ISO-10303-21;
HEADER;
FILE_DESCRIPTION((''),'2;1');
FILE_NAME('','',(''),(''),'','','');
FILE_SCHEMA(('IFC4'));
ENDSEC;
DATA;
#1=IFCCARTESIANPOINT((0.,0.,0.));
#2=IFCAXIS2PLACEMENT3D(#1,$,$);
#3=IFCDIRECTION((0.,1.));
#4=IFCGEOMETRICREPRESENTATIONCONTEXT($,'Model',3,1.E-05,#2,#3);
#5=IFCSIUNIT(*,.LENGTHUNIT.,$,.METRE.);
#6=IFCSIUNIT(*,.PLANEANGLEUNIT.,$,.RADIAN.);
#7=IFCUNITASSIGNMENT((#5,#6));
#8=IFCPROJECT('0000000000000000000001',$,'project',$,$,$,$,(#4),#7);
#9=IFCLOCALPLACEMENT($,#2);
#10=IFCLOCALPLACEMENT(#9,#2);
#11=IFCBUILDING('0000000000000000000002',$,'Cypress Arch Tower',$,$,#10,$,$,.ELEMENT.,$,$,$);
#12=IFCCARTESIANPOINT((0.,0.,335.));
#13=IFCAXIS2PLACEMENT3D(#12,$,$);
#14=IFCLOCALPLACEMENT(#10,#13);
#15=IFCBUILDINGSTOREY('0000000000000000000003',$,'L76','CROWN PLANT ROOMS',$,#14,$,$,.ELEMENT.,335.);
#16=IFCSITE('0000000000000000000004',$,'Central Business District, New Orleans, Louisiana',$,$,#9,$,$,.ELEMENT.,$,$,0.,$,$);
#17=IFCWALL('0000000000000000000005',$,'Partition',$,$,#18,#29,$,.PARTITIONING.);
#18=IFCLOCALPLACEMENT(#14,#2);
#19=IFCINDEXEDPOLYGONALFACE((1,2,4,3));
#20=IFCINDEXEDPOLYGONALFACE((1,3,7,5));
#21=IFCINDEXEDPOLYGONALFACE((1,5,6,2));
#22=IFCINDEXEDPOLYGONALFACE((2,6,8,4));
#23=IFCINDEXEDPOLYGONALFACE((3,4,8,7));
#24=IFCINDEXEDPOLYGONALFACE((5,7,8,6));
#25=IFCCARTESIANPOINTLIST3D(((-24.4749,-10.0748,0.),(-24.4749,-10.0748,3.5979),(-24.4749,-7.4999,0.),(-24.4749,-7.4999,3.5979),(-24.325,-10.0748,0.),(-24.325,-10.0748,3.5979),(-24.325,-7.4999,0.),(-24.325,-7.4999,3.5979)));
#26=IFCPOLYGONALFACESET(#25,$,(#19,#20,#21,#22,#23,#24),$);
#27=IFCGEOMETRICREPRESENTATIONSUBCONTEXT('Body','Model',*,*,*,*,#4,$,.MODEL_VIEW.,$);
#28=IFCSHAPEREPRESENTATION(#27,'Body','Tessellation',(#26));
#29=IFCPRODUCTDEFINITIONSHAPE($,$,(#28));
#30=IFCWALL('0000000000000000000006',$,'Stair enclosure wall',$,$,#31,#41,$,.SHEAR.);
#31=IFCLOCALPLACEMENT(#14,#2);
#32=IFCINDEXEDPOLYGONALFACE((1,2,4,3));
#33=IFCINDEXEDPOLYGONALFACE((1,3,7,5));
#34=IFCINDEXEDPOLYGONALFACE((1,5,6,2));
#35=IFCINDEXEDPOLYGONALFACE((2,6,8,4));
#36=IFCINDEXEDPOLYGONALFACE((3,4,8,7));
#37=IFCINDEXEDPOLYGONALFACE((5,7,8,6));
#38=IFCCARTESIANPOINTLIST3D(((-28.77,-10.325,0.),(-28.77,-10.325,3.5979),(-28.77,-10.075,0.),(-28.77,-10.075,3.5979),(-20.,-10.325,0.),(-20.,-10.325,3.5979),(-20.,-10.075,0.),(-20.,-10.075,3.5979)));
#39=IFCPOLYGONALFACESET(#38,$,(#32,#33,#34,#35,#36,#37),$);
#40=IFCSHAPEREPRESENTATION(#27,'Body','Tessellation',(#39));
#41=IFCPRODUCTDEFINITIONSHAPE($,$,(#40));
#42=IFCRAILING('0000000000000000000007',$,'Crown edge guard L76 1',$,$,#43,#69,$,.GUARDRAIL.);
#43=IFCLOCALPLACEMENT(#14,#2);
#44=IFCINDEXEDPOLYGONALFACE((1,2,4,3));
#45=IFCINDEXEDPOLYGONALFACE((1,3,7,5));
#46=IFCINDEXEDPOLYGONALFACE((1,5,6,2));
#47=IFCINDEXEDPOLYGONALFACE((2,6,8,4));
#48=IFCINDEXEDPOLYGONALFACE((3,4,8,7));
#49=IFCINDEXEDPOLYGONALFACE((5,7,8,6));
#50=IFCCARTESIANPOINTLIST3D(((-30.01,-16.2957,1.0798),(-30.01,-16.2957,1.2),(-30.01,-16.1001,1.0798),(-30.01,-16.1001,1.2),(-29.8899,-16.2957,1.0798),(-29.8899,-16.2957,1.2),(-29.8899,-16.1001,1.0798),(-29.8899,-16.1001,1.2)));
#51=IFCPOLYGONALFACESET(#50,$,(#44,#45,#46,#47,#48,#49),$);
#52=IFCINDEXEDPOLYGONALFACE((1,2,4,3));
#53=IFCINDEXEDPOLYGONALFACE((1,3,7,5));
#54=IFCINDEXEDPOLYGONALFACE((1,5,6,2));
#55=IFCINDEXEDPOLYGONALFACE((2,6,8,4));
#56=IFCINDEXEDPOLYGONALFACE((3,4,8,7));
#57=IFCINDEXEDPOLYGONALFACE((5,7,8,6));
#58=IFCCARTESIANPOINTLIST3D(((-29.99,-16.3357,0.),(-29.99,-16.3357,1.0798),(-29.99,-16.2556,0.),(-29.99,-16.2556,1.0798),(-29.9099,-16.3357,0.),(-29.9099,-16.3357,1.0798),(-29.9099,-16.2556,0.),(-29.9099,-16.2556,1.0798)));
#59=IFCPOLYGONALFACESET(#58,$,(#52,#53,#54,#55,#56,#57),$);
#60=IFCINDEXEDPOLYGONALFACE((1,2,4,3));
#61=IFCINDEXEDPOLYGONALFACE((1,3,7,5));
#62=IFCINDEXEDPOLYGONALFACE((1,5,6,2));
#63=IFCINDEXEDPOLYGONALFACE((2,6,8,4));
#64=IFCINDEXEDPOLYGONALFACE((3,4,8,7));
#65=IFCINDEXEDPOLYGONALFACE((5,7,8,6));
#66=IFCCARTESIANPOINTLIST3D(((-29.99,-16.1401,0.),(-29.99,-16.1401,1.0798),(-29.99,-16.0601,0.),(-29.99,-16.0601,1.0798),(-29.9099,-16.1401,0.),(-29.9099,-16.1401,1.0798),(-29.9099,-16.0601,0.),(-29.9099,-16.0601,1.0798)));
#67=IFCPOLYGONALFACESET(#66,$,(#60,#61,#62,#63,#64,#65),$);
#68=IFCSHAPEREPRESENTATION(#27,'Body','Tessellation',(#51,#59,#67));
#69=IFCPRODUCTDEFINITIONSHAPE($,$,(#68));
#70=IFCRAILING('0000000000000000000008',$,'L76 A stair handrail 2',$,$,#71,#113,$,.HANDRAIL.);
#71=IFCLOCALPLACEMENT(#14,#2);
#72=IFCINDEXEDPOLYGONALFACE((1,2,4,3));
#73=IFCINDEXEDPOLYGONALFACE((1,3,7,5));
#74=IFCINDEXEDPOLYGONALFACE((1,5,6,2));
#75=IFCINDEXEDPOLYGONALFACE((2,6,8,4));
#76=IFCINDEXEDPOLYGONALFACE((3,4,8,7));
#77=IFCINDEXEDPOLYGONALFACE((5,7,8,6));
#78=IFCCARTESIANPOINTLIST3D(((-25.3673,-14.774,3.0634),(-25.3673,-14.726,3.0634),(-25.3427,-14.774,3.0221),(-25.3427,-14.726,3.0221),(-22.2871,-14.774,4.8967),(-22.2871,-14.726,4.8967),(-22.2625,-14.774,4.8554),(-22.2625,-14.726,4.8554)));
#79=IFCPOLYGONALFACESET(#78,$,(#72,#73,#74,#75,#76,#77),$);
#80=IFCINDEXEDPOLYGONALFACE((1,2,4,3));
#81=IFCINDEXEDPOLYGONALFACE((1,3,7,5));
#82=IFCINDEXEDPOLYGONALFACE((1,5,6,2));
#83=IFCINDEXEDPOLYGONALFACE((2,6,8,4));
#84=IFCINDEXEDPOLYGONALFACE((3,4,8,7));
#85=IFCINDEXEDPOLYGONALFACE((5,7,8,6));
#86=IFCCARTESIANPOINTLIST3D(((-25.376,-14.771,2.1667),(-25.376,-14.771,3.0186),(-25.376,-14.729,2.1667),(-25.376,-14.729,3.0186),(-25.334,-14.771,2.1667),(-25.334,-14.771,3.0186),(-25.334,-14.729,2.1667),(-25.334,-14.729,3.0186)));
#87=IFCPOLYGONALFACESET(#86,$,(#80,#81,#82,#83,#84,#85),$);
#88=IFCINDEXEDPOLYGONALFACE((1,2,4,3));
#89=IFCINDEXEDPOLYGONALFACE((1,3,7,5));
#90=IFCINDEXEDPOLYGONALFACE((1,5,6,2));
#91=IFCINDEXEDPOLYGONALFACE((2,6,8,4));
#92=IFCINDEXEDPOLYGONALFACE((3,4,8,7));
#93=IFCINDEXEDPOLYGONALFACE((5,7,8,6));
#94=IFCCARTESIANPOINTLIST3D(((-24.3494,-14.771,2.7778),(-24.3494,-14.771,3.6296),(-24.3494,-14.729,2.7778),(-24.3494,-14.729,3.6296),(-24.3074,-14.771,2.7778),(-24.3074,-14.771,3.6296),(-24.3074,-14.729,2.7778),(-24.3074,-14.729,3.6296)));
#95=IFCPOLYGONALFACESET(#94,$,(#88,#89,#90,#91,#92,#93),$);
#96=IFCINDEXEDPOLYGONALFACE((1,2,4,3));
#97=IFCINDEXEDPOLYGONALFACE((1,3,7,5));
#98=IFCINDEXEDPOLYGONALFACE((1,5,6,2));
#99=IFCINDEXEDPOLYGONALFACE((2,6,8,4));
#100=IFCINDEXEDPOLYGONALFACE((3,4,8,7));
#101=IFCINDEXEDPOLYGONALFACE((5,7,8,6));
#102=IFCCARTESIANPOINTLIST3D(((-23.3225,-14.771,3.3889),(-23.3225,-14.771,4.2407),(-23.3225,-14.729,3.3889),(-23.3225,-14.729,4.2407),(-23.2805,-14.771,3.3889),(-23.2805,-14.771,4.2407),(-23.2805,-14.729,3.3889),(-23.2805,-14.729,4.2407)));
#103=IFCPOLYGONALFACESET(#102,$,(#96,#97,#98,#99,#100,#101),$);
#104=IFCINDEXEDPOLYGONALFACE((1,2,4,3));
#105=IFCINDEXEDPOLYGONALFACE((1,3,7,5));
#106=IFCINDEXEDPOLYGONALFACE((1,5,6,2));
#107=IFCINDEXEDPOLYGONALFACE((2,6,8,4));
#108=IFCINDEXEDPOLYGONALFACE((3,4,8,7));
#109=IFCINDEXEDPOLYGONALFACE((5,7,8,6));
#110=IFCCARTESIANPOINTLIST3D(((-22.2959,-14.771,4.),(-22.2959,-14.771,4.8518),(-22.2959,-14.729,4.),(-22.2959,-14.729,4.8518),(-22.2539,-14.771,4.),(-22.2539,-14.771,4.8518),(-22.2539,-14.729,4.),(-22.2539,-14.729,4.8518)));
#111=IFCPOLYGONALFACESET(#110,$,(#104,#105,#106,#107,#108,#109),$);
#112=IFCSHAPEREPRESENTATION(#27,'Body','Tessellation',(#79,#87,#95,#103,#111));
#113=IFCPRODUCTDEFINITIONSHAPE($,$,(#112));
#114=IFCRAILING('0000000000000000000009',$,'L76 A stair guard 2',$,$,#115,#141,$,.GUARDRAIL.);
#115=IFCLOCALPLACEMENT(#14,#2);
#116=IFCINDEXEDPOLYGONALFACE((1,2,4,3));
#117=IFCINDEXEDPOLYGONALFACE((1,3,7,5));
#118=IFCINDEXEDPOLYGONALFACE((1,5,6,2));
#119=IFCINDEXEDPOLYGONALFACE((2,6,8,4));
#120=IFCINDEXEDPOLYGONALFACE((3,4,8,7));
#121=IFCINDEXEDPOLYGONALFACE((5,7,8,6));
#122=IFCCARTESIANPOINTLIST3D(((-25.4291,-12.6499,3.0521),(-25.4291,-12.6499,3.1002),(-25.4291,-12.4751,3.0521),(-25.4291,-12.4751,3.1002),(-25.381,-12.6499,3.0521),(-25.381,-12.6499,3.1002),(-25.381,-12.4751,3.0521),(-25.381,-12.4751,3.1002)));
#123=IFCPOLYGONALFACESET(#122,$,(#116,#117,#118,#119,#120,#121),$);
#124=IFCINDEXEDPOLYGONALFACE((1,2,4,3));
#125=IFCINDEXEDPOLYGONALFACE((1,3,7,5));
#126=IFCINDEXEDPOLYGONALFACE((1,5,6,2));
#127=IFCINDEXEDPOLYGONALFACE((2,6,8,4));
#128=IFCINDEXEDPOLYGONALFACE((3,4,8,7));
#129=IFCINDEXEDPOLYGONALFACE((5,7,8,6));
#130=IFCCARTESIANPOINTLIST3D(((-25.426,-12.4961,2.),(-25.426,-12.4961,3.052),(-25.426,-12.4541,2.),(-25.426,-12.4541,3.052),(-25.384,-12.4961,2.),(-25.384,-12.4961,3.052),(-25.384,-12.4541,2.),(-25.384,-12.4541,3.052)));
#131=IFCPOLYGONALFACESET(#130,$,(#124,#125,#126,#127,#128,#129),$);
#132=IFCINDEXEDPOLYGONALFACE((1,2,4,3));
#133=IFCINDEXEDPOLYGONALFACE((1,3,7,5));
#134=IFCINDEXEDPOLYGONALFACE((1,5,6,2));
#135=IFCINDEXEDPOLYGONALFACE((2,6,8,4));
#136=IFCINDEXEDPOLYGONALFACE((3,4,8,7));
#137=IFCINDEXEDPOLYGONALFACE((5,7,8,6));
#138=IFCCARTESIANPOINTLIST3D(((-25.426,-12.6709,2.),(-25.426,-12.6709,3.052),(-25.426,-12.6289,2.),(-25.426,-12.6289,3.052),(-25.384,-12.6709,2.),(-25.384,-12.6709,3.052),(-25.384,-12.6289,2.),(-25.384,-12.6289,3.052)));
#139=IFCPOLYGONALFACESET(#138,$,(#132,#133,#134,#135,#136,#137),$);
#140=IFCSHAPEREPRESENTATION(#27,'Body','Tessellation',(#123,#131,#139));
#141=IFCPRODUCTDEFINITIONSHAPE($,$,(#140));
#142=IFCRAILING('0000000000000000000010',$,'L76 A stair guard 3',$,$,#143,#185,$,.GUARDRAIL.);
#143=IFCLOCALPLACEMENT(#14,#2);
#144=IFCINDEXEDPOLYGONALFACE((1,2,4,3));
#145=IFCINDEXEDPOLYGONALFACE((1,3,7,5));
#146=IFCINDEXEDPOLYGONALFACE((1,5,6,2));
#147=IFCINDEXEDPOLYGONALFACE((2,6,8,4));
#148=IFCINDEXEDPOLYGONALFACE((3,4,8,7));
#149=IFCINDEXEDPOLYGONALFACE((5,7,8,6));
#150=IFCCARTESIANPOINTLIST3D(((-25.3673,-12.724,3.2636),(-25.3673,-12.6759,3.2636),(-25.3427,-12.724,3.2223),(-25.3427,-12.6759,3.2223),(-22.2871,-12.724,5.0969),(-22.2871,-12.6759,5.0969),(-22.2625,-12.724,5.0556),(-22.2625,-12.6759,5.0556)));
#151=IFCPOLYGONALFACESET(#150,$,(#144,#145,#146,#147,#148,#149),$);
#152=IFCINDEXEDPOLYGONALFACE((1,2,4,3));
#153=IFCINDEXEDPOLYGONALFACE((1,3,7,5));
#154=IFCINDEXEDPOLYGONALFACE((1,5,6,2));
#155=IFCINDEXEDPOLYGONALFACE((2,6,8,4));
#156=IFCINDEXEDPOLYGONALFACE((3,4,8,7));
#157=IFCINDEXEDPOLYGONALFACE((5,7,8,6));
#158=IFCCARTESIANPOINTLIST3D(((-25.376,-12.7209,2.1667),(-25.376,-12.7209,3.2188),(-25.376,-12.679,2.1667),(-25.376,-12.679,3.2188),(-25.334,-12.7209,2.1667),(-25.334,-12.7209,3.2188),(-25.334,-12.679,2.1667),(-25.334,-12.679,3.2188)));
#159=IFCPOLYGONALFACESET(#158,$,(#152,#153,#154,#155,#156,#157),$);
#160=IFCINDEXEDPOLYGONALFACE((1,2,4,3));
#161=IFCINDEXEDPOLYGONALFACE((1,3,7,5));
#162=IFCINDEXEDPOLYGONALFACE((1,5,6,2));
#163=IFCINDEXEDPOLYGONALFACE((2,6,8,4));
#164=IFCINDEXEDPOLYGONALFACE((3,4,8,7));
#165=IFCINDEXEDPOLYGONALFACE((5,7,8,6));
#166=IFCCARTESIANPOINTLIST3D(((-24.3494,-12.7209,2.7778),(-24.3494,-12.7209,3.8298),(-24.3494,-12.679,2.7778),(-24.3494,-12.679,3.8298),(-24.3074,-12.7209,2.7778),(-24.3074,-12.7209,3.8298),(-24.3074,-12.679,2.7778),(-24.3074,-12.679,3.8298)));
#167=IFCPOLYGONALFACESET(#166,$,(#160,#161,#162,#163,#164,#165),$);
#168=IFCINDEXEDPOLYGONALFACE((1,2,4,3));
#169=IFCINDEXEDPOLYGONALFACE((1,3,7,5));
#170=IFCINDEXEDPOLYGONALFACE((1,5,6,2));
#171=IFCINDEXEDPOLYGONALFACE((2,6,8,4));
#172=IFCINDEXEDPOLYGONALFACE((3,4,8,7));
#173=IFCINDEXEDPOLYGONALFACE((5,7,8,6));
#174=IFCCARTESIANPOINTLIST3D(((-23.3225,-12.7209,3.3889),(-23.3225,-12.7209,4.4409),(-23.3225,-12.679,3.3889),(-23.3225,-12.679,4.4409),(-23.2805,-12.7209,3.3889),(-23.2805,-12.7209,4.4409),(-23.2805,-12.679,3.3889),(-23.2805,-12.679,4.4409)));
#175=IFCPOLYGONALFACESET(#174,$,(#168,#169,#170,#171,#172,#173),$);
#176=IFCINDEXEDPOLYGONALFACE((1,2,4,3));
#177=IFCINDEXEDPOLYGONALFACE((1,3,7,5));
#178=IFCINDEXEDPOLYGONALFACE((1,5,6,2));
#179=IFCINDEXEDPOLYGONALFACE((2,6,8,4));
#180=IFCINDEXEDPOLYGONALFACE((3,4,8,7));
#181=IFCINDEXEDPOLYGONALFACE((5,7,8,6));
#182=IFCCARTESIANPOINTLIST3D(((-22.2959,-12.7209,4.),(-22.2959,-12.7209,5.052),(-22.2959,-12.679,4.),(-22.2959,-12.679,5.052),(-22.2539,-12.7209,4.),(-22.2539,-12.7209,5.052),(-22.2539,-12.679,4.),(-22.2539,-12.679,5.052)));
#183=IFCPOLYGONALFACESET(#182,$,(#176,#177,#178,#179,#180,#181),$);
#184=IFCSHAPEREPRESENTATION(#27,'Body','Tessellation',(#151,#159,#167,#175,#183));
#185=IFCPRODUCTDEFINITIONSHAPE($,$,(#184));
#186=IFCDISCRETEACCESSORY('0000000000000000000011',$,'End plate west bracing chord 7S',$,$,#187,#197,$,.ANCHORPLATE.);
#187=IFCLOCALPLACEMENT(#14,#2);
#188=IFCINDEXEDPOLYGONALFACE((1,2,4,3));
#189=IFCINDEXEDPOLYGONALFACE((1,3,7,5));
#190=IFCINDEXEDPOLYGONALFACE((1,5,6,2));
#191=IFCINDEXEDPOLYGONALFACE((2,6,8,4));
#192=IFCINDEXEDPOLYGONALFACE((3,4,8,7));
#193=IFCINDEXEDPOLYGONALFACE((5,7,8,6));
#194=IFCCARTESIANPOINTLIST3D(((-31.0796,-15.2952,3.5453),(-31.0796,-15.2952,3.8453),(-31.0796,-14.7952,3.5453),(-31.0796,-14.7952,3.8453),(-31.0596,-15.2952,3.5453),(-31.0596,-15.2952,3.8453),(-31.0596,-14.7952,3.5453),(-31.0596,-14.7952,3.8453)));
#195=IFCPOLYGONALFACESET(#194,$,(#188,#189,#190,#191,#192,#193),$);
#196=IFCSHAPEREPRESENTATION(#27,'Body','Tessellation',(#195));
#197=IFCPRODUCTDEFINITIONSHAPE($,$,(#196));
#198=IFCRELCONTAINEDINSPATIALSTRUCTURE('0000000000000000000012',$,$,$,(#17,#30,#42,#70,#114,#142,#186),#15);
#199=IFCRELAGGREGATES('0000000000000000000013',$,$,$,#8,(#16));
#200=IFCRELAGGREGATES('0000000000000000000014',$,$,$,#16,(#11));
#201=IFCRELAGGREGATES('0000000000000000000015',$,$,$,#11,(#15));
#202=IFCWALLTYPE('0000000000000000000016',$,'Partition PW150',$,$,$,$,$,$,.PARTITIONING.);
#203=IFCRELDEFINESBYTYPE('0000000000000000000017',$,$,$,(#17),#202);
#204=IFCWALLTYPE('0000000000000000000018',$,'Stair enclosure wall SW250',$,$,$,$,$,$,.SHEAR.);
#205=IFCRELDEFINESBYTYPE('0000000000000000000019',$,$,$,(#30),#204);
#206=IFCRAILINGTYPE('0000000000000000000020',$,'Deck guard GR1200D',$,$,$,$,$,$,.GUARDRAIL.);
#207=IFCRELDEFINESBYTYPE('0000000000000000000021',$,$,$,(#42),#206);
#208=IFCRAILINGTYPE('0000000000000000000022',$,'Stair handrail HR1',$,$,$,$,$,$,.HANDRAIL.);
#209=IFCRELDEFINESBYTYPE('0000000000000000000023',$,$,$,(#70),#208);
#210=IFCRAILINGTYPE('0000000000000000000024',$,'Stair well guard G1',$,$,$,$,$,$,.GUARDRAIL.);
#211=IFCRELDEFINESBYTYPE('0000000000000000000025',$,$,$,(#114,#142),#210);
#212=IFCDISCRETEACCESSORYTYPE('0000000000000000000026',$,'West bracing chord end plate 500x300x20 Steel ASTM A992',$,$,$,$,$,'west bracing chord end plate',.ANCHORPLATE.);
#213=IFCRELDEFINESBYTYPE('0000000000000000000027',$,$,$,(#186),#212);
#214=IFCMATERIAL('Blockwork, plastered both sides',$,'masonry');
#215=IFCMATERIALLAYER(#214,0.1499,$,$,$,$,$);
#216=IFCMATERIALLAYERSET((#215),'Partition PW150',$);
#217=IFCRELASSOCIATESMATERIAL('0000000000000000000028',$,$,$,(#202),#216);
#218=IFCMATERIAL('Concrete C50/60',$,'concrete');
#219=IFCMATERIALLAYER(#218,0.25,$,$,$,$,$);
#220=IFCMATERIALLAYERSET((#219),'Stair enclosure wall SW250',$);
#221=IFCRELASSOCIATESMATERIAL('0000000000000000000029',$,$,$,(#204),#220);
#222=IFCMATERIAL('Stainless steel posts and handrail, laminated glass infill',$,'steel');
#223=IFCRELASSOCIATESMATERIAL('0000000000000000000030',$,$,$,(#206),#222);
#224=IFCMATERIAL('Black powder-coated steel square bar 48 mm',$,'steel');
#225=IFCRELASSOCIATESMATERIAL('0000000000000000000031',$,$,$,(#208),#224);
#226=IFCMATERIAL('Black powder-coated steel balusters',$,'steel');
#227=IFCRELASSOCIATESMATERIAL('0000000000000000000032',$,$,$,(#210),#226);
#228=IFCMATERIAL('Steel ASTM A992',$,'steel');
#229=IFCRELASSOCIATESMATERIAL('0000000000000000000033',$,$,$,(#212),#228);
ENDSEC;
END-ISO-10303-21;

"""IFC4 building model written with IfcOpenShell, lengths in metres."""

from ifc_helpers import new_model, si_unit, direction, frame, frame_2d, origin, origin_2d, place, context, subcontext, project, spatial, rectangle, extrude, material, layer, layer_set, material_profile, profile_set, type_object, element, save


model = new_model("IFC4")

# Units and contexts
model_context = context("Model", 3, precision=1e-05, world=origin(), true_north=direction((0.0, 1.0)))
body_context = subcontext(model_context, "Body", "Model", "MODEL_VIEW")
ifc_project = project(units=[si_unit("LENGTHUNIT", "METRE"), si_unit("PLANEANGLEUNIT", "RADIAN")], contexts=[model_context])

# Site, building, storey
site_placement = place(None, origin())
site = spatial("IfcSite", under=ifc_project, at=site_placement, Name="Central Business District, New Orleans, Louisiana", CompositionType="ELEMENT", RefElevation=0.0)
building_placement = place(site_placement, origin())
building = spatial("IfcBuilding", under=site, at=building_placement, Name="Cypress Arch Tower", CompositionType="ELEMENT")
storey_placement = place(building_placement, frame((0.0, 0.0, 335.0)))
storey = spatial("IfcBuildingStorey", under=building, at=storey_placement, Name="L76", Description="CROWN PLANT ROOMS", CompositionType="ELEMENT", Elevation=335.0)

# Walls
ifc_material_1 = material(Name="Blockwork, plastered both sides", Category="masonry")
ifc_layer_1 = layer(ifc_material_1, 0.1499)
ifc_layer_set_1 = layer_set([ifc_layer_1], Name="Partition PW150")
wall_type_1 = type_object("IfcWallType", Name="Partition PW150", PredefinedType="PARTITIONING", material=ifc_layer_set_1)
for number, where, z_axis, x_axis, name in (
    (1, (-24.3999, -10.075, 0.0), (0.0, 0.0, 1.0), (0.0, 1.0, 0.0), "Partition"),
):
    element("IfcWall", number, at=place(storey_placement, frame(where, z_axis=z_axis, x_axis=x_axis)), inside=storey, type_object=wall_type_1, Name=name, PredefinedType="PARTITIONING", context=body_context, shape_type="SweptSolid", body=[
        extrude(rectangle(XDim=2.575, YDim=0.1499, at=frame_2d((1.2876, 0.0))), origin(), (0.0, 0.0, 1.0), 3.5979),
    ])
ifc_material_2 = material(Name="Concrete C50/60", Category="concrete")
ifc_layer_2 = layer(ifc_material_2, 0.25)
ifc_layer_set_2 = layer_set([ifc_layer_2], Name="Stair enclosure wall SW250")
wall_type_2 = type_object("IfcWallType", Name="Stair enclosure wall SW250", PredefinedType="SHEAR", material=ifc_layer_set_2)
wall_1_placement = place(storey_placement, frame((-28.77, -10.2, 0.0), z_axis=(0.0, 0.0, 1.0), x_axis=(1.0, 0.0, 0.0)))
element("IfcWall", 2, at=wall_1_placement, inside=storey, type_object=wall_type_2, Name="Stair enclosure wall", PredefinedType="SHEAR", context=body_context, shape_type="SweptSolid", body=[
    extrude(rectangle(XDim=8.77, YDim=0.25, at=frame_2d((4.385, 0.0))), origin(), (0.0, 0.0, 1.0), 3.5979),
])

# Railings
ifc_material_3 = material(Name="Stainless steel posts and handrail, laminated glass infill", Category="steel")
railing_type_1 = type_object("IfcRailingType", Name="Deck guard GR1200D", PredefinedType="GUARDRAIL", material=ifc_material_3)
railing_1_placement = place(storey_placement, frame((-29.95, -16.2957, 0.0)))
element("IfcRailing", 3, at=railing_1_placement, inside=storey, type_object=railing_type_1, Name="Crown edge guard L76 1", PredefinedType="GUARDRAIL", context=body_context, shape_type="SweptSolid", body=[
    extrude(rectangle(XDim=0.1201, YDim=0.1201, at=origin_2d()), frame((0.0, 0.0, 1.1399), z_axis=(0.0, 1.0, 0.0), x_axis=(-1.0, 0.0, 0.0)), (0.0, 0.0, 1.0), 0.1956),
    extrude(rectangle(XDim=0.0801, YDim=0.0801, at=origin_2d()), origin(), (0.0, 0.0, 1.0), 1.0798),
    extrude(rectangle(XDim=0.0801, YDim=0.0801, at=origin_2d()), frame((0.0, 0.1956, 0.0)), (0.0, 0.0, 1.0), 1.0798),
])
ifc_material_4 = material(Name="Black powder-coated steel square bar 48 mm", Category="steel")
railing_type_2 = type_object("IfcRailingType", Name="Stair handrail HR1", PredefinedType="HANDRAIL", material=ifc_material_4)
railing_2_placement = place(storey_placement, frame((-25.355, -14.75, 2.1667)))
element("IfcRailing", 4, at=railing_2_placement, inside=storey, type_object=railing_type_2, Name="L76 A stair handrail 2", PredefinedType="HANDRAIL", context=body_context, shape_type="SweptSolid", body=[
    extrude(rectangle(XDim=0.0481, YDim=0.0481, at=origin_2d()), frame((0.0, 0.0, 0.876), z_axis=(0.859309, 0.0, 0.511458), x_axis=(0.0, 1.0, 0.0)), (0.0, 0.0, 1.0), 3.5845),
    extrude(rectangle(XDim=0.042, YDim=0.042, at=origin_2d()), origin(), (0.0, 0.0, 1.0), 0.8518),
    extrude(rectangle(XDim=0.042, YDim=0.042, at=origin_2d()), frame((1.0266, 0.0, 0.6111)), (0.0, 0.0, 1.0), 0.8518),
    extrude(rectangle(XDim=0.042, YDim=0.042, at=origin_2d()), frame((2.0535, 0.0, 1.2222)), (0.0, 0.0, 1.0), 0.8518),
    extrude(rectangle(XDim=0.042, YDim=0.042, at=origin_2d()), frame((3.0801, 0.0, 1.8333)), (0.0, 0.0, 1.0), 0.8518),
])
ifc_material_5 = material(Name="Black powder-coated steel balusters", Category="steel")
railing_type_3 = type_object("IfcRailingType", Name="Stair well guard G1", PredefinedType="GUARDRAIL", material=ifc_material_5)
railing_3_placement = place(storey_placement, frame((-25.405, -12.4751, 2.0)))
element("IfcRailing", 5, at=railing_3_placement, inside=storey, type_object=railing_type_3, Name="L76 A stair guard 2", PredefinedType="GUARDRAIL", context=body_context, shape_type="SweptSolid", body=[
    extrude(rectangle(XDim=0.0481, YDim=0.0481, at=origin_2d()), frame((0.0, 0.0, 1.0762), z_axis=(0.0, -1.0, 0.0), x_axis=(1.0, 0.0, 0.0)), (0.0, 0.0, 1.0), 0.1748),
    extrude(rectangle(XDim=0.042, YDim=0.042, at=origin_2d()), origin(), (0.0, 0.0, 1.0), 1.052),
    extrude(rectangle(XDim=0.042, YDim=0.042, at=origin_2d()), frame((0.0, -0.1748, 0.0)), (0.0, 0.0, 1.0), 1.052),
])
railing_4_placement = place(storey_placement, frame((-25.355, -12.7, 2.1667)))
element("IfcRailing", 6, at=railing_4_placement, inside=storey, type_object=railing_type_3, Name="L76 A stair guard 3", PredefinedType="GUARDRAIL", context=body_context, shape_type="SweptSolid", body=[
    extrude(rectangle(XDim=0.0481, YDim=0.0481, at=origin_2d()), frame((0.0, 0.0, 1.0762), z_axis=(0.859309, 0.0, 0.511458), x_axis=(0.0, 1.0, 0.0)), (0.0, 0.0, 1.0), 3.5845),
    extrude(rectangle(XDim=0.042, YDim=0.042, at=origin_2d()), origin(), (0.0, 0.0, 1.0), 1.052),
    extrude(rectangle(XDim=0.042, YDim=0.042, at=origin_2d()), frame((1.0266, 0.0, 0.6111)), (0.0, 0.0, 1.0), 1.052),
    extrude(rectangle(XDim=0.042, YDim=0.042, at=origin_2d()), frame((2.0535, 0.0, 1.2222)), (0.0, 0.0, 1.0), 1.052),
    extrude(rectangle(XDim=0.042, YDim=0.042, at=origin_2d()), frame((3.0801, 0.0, 1.8333)), (0.0, 0.0, 1.0), 1.052),
])

# Discrete accessory
ifc_material_6 = material(Name="Steel ASTM A992", Category="steel")
ifc_material_profile_1 = material_profile(ifc_material_6, rectangle(XDim=0.5, YDim=0.3, at=origin_2d()), Name="PL 20 500x300")
ifc_profile_set_1 = profile_set([ifc_material_profile_1], Name="Steel ASTM A992")
discrete_accessory_type = type_object("IfcDiscreteAccessoryType", Name="West bracing chord end plate 500x300x20 Steel ASTM A992", ElementType="west bracing chord end plate", PredefinedType="ANCHORPLATE", material=ifc_profile_set_1)
discrete_accessory_placement = place(storey_placement, frame((-31.0596, -15.0452, 3.6953), z_axis=(-1.0, 0.0, 0.0), x_axis=(0.0, -1.0, 0.0)))
element("IfcDiscreteAccessory", 7, at=discrete_accessory_placement, inside=storey, type_object=discrete_accessory_type, Name="End plate west bracing chord 7S", PredefinedType="ANCHORPLATE", context=body_context, shape_type="SweptSolid", body=[
    extrude(rectangle(XDim=0.5, YDim=0.3, at=origin_2d()), origin(), (0.0, 0.0, 1.0), 0.02),
])

save(model, "model.ifc")
